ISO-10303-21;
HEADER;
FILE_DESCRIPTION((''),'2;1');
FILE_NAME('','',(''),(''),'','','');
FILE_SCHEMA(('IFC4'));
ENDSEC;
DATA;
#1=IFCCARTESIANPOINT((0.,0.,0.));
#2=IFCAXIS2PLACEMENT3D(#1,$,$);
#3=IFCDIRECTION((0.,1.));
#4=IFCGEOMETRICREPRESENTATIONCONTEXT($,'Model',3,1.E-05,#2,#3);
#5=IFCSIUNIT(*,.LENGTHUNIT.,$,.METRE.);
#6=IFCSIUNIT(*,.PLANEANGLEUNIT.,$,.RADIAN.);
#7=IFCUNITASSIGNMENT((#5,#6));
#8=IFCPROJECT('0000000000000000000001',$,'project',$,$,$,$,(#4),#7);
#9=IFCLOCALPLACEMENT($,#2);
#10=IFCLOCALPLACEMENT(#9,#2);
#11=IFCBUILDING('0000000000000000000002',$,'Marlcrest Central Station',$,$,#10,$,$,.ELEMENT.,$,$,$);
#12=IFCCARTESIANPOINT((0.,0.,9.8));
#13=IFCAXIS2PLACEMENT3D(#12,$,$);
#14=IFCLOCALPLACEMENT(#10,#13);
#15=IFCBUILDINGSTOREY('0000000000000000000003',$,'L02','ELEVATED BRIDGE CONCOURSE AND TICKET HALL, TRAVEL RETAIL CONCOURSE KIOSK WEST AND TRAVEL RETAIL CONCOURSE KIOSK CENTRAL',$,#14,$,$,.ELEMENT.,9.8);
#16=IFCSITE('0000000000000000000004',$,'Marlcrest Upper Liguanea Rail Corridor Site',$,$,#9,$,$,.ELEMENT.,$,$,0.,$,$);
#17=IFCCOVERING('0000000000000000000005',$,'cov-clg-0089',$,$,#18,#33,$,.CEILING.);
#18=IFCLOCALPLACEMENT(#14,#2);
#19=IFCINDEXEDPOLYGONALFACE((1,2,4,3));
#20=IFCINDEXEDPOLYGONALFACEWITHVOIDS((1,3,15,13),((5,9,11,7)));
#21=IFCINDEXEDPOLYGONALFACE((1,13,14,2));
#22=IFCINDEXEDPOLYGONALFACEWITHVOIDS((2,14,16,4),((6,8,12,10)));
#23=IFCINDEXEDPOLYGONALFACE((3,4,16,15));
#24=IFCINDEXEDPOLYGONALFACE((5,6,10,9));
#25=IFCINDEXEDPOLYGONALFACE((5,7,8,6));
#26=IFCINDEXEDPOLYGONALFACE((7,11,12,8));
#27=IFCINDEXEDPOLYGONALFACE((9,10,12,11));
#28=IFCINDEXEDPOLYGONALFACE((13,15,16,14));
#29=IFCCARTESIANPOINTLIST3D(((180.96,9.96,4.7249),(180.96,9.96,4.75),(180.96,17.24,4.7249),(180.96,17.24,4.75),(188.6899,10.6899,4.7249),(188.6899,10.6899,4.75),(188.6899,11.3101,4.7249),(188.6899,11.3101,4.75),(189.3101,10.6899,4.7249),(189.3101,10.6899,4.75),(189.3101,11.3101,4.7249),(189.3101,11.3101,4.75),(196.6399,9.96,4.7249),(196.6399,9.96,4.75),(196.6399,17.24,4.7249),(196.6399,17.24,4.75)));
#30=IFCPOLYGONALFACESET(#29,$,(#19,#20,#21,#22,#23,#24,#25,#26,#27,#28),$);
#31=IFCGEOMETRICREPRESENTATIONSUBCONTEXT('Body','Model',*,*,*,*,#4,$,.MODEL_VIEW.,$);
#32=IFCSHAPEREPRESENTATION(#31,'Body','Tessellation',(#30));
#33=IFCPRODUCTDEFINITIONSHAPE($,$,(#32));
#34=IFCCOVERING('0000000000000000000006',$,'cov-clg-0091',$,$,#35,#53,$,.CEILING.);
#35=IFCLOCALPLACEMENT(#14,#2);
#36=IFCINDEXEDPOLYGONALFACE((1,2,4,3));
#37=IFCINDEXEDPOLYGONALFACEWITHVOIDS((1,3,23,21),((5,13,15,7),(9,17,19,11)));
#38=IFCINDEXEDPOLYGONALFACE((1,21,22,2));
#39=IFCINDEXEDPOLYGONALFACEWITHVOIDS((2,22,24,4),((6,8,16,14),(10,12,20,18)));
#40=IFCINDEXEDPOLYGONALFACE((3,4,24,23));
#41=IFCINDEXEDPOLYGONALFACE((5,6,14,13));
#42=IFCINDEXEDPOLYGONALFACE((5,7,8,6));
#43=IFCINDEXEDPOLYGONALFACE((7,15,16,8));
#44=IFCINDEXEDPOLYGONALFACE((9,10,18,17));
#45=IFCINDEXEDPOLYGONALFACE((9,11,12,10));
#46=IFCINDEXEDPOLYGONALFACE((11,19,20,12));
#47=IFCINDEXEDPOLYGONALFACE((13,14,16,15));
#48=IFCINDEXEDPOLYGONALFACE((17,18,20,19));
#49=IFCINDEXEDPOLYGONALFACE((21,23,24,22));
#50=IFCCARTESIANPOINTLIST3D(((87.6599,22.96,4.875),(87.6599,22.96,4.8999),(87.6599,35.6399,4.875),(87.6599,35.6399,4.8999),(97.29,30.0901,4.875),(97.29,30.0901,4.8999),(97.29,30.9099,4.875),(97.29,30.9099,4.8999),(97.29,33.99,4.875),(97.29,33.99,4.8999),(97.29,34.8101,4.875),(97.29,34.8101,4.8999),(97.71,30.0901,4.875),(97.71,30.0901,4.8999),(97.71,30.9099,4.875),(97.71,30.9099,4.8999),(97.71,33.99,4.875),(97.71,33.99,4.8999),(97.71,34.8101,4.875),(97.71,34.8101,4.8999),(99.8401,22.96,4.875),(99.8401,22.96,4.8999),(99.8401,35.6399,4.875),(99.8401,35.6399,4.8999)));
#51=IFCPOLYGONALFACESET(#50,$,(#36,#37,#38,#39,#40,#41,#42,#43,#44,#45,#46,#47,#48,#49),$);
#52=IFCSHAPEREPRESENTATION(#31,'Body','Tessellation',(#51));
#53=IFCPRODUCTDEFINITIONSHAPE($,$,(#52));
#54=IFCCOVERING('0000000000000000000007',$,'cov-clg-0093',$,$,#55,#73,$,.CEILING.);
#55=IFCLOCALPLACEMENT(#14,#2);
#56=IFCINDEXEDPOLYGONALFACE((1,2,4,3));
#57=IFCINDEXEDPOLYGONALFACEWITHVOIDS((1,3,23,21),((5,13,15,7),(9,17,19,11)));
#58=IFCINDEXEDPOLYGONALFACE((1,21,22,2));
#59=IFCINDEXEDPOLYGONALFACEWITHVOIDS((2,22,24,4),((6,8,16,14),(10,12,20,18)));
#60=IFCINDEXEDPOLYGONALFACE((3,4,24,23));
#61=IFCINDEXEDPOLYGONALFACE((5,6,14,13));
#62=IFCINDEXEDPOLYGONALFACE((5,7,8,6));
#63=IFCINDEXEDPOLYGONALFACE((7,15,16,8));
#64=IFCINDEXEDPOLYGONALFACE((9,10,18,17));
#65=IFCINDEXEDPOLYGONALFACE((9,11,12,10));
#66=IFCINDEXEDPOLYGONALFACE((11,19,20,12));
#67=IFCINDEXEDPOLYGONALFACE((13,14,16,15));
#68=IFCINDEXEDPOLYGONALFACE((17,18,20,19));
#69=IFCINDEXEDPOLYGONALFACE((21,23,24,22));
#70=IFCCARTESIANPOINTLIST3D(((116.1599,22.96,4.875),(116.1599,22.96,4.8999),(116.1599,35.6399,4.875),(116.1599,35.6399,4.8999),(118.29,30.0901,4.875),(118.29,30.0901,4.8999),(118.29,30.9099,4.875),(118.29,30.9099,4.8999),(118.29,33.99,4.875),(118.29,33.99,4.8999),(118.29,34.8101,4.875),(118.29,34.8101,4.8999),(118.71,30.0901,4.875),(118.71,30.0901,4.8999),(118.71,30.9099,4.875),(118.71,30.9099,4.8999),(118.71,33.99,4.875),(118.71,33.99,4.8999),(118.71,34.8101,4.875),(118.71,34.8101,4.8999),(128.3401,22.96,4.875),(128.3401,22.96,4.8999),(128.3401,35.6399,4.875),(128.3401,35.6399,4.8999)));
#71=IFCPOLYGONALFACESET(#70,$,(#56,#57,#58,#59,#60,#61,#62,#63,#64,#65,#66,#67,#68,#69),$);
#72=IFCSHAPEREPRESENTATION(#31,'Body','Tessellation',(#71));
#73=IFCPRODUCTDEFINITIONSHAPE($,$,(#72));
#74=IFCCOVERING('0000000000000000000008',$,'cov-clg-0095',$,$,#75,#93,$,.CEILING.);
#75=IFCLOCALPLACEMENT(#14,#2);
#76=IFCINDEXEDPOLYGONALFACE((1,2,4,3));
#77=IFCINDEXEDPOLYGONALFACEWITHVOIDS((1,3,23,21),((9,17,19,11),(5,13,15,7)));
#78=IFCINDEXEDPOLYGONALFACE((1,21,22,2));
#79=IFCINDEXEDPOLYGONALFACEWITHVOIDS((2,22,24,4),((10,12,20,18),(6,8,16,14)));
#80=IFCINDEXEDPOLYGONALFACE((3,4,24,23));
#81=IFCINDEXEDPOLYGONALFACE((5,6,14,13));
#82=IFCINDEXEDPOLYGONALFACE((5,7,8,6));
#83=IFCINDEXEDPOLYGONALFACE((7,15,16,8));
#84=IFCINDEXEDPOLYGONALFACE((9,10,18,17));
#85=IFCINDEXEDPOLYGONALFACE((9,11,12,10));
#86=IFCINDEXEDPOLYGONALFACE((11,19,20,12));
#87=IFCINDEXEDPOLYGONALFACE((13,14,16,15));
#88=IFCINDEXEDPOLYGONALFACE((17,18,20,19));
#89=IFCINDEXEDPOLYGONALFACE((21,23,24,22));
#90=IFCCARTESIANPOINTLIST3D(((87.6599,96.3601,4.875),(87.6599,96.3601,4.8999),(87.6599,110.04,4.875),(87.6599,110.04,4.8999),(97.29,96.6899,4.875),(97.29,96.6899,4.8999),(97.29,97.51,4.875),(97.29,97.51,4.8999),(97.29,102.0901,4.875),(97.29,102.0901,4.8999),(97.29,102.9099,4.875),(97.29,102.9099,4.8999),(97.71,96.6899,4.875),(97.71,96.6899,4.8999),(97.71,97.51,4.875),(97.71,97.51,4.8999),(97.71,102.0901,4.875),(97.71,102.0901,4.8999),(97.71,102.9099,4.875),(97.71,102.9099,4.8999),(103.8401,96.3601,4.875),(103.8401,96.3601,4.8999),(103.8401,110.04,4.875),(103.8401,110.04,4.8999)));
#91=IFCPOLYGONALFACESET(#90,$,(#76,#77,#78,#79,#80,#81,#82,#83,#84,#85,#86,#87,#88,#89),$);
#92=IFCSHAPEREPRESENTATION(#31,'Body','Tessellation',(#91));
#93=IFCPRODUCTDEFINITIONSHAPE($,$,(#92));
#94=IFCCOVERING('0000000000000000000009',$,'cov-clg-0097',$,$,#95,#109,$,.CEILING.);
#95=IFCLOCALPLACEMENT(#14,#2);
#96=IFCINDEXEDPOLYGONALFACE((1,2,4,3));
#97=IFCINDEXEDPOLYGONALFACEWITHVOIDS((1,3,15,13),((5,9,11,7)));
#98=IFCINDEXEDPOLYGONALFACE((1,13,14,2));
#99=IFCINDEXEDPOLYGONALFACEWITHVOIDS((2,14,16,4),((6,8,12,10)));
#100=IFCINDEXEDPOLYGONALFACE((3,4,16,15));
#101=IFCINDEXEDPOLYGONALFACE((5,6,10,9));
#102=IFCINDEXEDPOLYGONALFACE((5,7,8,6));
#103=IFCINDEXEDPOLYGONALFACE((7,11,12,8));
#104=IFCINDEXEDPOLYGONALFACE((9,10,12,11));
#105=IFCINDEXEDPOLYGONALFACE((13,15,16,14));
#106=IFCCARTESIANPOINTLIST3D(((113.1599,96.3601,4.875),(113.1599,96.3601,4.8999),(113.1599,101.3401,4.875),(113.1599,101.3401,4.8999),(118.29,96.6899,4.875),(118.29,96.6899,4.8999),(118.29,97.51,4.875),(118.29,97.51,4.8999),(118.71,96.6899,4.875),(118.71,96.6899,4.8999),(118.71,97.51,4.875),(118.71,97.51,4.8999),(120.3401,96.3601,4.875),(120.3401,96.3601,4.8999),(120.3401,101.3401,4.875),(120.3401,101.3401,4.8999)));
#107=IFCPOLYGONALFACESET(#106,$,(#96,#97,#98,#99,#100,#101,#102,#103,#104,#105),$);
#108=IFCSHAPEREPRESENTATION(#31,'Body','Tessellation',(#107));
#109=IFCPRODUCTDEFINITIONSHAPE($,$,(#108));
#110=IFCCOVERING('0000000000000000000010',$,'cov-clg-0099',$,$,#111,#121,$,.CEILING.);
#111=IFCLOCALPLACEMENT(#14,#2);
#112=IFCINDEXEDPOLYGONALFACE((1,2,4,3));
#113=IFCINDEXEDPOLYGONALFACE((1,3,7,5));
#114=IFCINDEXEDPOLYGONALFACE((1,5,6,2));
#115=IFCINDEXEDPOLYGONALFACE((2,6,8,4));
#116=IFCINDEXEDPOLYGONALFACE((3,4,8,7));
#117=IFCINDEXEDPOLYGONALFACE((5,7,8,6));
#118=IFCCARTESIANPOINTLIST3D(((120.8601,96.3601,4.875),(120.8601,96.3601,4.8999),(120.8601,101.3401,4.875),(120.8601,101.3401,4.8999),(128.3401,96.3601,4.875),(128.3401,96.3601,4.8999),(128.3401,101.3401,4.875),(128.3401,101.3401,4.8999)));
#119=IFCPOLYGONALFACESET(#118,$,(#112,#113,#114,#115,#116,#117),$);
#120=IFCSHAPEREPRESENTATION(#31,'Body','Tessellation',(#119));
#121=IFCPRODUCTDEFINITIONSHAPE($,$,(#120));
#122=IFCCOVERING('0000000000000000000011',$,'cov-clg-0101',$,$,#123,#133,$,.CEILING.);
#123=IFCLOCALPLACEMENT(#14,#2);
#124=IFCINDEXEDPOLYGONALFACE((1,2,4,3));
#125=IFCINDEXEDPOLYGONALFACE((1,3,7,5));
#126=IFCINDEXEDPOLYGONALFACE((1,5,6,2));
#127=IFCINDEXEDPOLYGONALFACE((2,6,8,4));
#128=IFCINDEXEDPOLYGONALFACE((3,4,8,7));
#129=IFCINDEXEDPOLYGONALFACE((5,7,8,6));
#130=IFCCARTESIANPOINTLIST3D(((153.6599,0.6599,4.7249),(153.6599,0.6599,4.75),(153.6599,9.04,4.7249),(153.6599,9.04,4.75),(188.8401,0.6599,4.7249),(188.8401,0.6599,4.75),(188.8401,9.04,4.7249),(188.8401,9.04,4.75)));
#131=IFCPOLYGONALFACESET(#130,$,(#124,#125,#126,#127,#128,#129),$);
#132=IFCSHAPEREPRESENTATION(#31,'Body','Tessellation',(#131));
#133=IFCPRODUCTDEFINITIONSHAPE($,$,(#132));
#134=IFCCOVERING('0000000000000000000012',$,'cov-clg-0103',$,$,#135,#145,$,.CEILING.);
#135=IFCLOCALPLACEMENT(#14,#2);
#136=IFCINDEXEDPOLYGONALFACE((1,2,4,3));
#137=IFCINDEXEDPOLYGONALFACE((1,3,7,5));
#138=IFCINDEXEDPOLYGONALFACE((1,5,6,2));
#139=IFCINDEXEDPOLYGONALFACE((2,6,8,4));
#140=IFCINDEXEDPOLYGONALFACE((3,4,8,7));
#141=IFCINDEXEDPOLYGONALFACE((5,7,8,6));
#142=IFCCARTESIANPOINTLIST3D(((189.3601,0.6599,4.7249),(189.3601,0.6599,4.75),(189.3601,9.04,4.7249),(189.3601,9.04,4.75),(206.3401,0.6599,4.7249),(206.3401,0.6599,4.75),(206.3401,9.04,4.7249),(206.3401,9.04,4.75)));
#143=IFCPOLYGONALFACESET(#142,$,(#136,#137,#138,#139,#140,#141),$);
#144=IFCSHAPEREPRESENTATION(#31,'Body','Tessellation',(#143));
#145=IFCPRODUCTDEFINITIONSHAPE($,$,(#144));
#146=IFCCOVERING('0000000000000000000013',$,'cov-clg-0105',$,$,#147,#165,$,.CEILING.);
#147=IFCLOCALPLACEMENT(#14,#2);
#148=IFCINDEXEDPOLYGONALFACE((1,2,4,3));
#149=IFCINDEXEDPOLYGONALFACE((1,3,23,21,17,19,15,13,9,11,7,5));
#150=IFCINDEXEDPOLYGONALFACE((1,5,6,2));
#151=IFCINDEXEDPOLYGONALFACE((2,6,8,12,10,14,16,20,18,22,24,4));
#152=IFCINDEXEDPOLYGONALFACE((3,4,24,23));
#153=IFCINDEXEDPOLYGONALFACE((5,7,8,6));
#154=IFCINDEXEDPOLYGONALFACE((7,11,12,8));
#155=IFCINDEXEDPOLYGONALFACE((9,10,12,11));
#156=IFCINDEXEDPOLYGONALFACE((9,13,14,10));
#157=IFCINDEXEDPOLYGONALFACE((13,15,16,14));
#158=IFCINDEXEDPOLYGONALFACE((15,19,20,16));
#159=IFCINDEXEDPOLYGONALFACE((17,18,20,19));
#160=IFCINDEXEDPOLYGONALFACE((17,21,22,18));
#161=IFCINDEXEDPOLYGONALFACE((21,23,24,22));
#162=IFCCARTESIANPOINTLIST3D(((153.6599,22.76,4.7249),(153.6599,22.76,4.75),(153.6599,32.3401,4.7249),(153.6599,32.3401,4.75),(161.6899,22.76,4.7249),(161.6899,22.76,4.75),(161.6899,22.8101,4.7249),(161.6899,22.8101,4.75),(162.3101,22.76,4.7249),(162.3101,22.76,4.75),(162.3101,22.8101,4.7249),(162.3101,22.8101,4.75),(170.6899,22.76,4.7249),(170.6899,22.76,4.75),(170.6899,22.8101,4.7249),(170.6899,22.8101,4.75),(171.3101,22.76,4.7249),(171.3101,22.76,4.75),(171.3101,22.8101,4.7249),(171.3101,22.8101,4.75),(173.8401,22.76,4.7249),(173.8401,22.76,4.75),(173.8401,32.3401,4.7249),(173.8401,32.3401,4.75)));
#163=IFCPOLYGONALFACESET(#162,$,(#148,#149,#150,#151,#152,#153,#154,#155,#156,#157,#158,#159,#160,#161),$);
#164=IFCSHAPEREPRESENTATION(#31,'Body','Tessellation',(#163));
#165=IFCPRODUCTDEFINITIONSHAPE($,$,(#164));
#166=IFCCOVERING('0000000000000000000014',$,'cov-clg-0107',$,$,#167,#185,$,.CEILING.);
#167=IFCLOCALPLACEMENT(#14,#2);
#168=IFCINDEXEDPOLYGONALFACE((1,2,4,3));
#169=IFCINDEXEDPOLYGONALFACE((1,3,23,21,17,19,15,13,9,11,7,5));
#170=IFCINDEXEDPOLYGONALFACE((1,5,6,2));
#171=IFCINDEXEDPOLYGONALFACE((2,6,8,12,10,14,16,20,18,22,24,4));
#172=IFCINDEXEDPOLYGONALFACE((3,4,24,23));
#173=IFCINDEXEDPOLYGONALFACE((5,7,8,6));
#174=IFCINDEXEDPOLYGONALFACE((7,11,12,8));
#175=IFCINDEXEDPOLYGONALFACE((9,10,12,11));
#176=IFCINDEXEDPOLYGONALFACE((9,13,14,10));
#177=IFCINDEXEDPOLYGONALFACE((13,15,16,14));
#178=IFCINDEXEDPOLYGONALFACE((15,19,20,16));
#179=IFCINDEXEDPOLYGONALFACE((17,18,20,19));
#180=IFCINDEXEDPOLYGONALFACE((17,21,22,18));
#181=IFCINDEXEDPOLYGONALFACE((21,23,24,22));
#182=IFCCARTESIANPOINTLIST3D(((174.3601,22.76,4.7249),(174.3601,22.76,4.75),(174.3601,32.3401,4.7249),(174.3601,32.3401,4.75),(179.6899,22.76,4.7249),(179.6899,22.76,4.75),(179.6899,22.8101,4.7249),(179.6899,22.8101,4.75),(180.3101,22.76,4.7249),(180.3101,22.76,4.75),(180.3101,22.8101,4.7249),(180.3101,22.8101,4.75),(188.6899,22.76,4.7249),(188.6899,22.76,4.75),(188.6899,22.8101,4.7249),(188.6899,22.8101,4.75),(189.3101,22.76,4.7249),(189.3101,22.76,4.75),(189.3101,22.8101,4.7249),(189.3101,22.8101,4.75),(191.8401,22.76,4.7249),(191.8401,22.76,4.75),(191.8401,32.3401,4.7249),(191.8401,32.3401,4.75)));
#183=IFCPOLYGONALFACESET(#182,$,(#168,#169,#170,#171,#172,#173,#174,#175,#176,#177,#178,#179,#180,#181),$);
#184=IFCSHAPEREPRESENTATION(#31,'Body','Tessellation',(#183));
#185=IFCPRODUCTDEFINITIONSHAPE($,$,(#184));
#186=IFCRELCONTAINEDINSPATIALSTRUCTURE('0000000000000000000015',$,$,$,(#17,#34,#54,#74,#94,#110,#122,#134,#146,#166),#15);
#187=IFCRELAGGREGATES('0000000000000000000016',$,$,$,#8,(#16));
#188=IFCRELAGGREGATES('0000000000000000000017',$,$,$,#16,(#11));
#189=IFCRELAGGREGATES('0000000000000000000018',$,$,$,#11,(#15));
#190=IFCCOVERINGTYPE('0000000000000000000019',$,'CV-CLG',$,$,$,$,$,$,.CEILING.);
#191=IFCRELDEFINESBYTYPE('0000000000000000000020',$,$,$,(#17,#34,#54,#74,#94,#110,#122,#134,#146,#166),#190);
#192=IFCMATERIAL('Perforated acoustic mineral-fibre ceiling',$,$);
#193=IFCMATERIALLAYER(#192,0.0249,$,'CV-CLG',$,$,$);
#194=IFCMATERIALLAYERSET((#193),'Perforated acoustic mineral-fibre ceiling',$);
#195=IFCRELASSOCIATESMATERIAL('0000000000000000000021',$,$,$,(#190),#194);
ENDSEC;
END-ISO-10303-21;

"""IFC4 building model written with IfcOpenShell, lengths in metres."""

from ifc_helpers import new_model, si_unit, direction, frame, origin, place, context, subcontext, project, spatial, polyline, outline, extrude, material, layer, layer_set, type_object, element, save


model = new_model("IFC4")

# Units and contexts
model_context = context("Model", 3, precision=1e-05, world=origin(), true_north=direction((0.0, 1.0)))
body_context = subcontext(model_context, "Body", "Model", "MODEL_VIEW")
ifc_project = project(units=[si_unit("LENGTHUNIT", "METRE"), si_unit("PLANEANGLEUNIT", "RADIAN")], contexts=[model_context])

# Site, building, storey
site_placement = place(None, origin())
site = spatial("IfcSite", under=ifc_project, at=site_placement, Name="Marlcrest Upper Liguanea Rail Corridor Site", CompositionType="ELEMENT", RefElevation=0.0)
building_placement = place(site_placement, origin())
building = spatial("IfcBuilding", under=site, at=building_placement, Name="Marlcrest Central Station", CompositionType="ELEMENT")
storey_placement = place(building_placement, frame((0.0, 0.0, 9.8)))
storey = spatial("IfcBuildingStorey", under=building, at=storey_placement, Name="L02", Description="ELEVATED BRIDGE CONCOURSE AND TICKET HALL, TRAVEL RETAIL CONCOURSE KIOSK WEST AND TRAVEL RETAIL CONCOURSE KIOSK CENTRAL", CompositionType="ELEMENT", Elevation=9.8)

# Coverings
ifc_material_1 = material(Name="Perforated acoustic mineral-fibre ceiling")
ifc_layer_1 = layer(ifc_material_1, 0.0249, Name="CV-CLG")
ifc_layer_set_1 = layer_set([ifc_layer_1], Name="Perforated acoustic mineral-fibre ceiling")
covering_type_1 = type_object("IfcCoveringType", Name="CV-CLG", PredefinedType="CEILING", material=ifc_layer_set_1)
covering_1_placement = place(storey_placement, frame((0.0, 0.0, 4.7249)))
element("IfcCovering", 1, at=covering_1_placement, inside=storey, type_object=covering_type_1, Name="cov-clg-0089", PredefinedType="CEILING", context=body_context, shape_type="SweptSolid", body=[
    extrude(outline(polyline([(180.96, 9.96), (180.96, 17.24), (196.6399, 17.24), (196.6399, 9.96), (180.96, 9.96)]), holes=[polyline([(189.3101, 11.3101), (188.6899, 11.3101), (188.6899, 10.6899), (189.3101, 10.6899), (189.3101, 11.3101)])]), origin(), (0.0, 0.0, 1.0), 0.0251),
])
covering_2_placement = place(storey_placement, frame((0.0, 0.0, 4.875)))
element("IfcCovering", 2, at=covering_2_placement, inside=storey, type_object=covering_type_1, Name="cov-clg-0091", PredefinedType="CEILING", context=body_context, shape_type="SweptSolid", body=[
    extrude(outline(polyline([(87.6599, 35.6399), (99.8401, 35.6399), (99.8401, 22.96), (87.6599, 22.96), (87.6599, 35.6399)]), holes=[polyline([(97.29, 30.9099), (97.29, 30.0901), (97.71, 30.0901), (97.71, 30.9099), (97.29, 30.9099)]), polyline([(97.71, 34.8101), (97.29, 34.8101), (97.29, 33.99), (97.71, 33.99), (97.71, 34.8101)])]), origin(), (0.0, 0.0, 1.0), 0.0249),
])
covering_3_placement = place(storey_placement, frame((0.0, 0.0, 4.875)))
element("IfcCovering", 3, at=covering_3_placement, inside=storey, type_object=covering_type_1, Name="cov-clg-0093", PredefinedType="CEILING", context=body_context, shape_type="SweptSolid", body=[
    extrude(outline(polyline([(116.1599, 35.6399), (128.3401, 35.6399), (128.3401, 22.96), (116.1599, 22.96), (116.1599, 35.6399)]), holes=[polyline([(118.29, 30.9099), (118.29, 30.0901), (118.71, 30.0901), (118.71, 30.9099), (118.29, 30.9099)]), polyline([(118.71, 34.8101), (118.29, 34.8101), (118.29, 33.99), (118.71, 33.99), (118.71, 34.8101)])]), origin(), (0.0, 0.0, 1.0), 0.0249),
])
covering_4_placement = place(storey_placement, frame((0.0, 0.0, 4.875)))
element("IfcCovering", 4, at=covering_4_placement, inside=storey, type_object=covering_type_1, Name="cov-clg-0095", PredefinedType="CEILING", context=body_context, shape_type="SweptSolid", body=[
    extrude(outline(polyline([(87.6599, 110.04), (103.8401, 110.04), (103.8401, 96.3601), (87.6599, 96.3601), (87.6599, 110.04)]), holes=[polyline([(97.29, 102.9099), (97.29, 102.0901), (97.71, 102.0901), (97.71, 102.9099), (97.29, 102.9099)]), polyline([(97.71, 97.51), (97.29, 97.51), (97.29, 96.6899), (97.71, 96.6899), (97.71, 97.51)])]), origin(), (0.0, 0.0, 1.0), 0.0249),
])
covering_5_placement = place(storey_placement, frame((0.0, 0.0, 4.875)))
element("IfcCovering", 5, at=covering_5_placement, inside=storey, type_object=covering_type_1, Name="cov-clg-0097", PredefinedType="CEILING", context=body_context, shape_type="SweptSolid", body=[
    extrude(outline(polyline([(113.1599, 96.3601), (113.1599, 101.3401), (120.3401, 101.3401), (120.3401, 96.3601), (113.1599, 96.3601)]), holes=[polyline([(118.71, 97.51), (118.29, 97.51), (118.29, 96.6899), (118.71, 96.6899), (118.71, 97.51)])]), origin(), (0.0, 0.0, 1.0), 0.0249),
])
covering_6_placement = place(storey_placement, frame((0.0, 0.0, 4.875)))
element("IfcCovering", 6, at=covering_6_placement, inside=storey, type_object=covering_type_1, Name="cov-clg-0099", PredefinedType="CEILING", context=body_context, shape_type="SweptSolid", body=[
    extrude(outline(polyline([(128.3401, 96.3601), (128.3401, 101.3401), (120.8601, 101.3401), (120.8601, 96.3601), (128.3401, 96.3601)])), origin(), (0.0, 0.0, 1.0), 0.0249),
])
covering_7_placement = place(storey_placement, frame((0.0, 0.0, 4.7249)))
element("IfcCovering", 7, at=covering_7_placement, inside=storey, type_object=covering_type_1, Name="cov-clg-0101", PredefinedType="CEILING", context=body_context, shape_type="SweptSolid", body=[
    extrude(outline(polyline([(188.8401, 0.6599), (188.8401, 9.04), (153.6599, 9.04), (153.6599, 0.6599), (188.8401, 0.6599)])), origin(), (0.0, 0.0, 1.0), 0.0251),
])
covering_8_placement = place(storey_placement, frame((0.0, 0.0, 4.7249)))
element("IfcCovering", 8, at=covering_8_placement, inside=storey, type_object=covering_type_1, Name="cov-clg-0103", PredefinedType="CEILING", context=body_context, shape_type="SweptSolid", body=[
    extrude(outline(polyline([(206.3401, 0.6599), (206.3401, 9.04), (189.3601, 9.04), (189.3601, 0.6599), (206.3401, 0.6599)])), origin(), (0.0, 0.0, 1.0), 0.0251),
])
covering_9_placement = place(storey_placement, frame((0.0, 0.0, 4.7249)))
element("IfcCovering", 9, at=covering_9_placement, inside=storey, type_object=covering_type_1, Name="cov-clg-0105", PredefinedType="CEILING", context=body_context, shape_type="SweptSolid", body=[
    extrude(outline(polyline([(153.6599, 32.3401), (173.8401, 32.3401), (173.8401, 22.76), (171.3101, 22.76), (171.3101, 22.8101), (170.6899, 22.8101), (170.6899, 22.76), (162.3101, 22.76), (162.3101, 22.8101), (161.6899, 22.8101), (161.6899, 22.76), (153.6599, 22.76), (153.6599, 32.3401)])), origin(), (0.0, 0.0, 1.0), 0.0251),
])
covering_10_placement = place(storey_placement, frame((0.0, 0.0, 4.7249)))
element("IfcCovering", 10, at=covering_10_placement, inside=storey, type_object=covering_type_1, Name="cov-clg-0107", PredefinedType="CEILING", context=body_context, shape_type="SweptSolid", body=[
    extrude(outline(polyline([(174.3601, 32.3401), (191.8401, 32.3401), (191.8401, 22.76), (189.3101, 22.76), (189.3101, 22.8101), (188.6899, 22.8101), (188.6899, 22.76), (180.3101, 22.76), (180.3101, 22.8101), (179.6899, 22.8101), (179.6899, 22.76), (174.3601, 22.76), (174.3601, 32.3401)])), origin(), (0.0, 0.0, 1.0), 0.0251),
])

save(model, "model.ifc")
